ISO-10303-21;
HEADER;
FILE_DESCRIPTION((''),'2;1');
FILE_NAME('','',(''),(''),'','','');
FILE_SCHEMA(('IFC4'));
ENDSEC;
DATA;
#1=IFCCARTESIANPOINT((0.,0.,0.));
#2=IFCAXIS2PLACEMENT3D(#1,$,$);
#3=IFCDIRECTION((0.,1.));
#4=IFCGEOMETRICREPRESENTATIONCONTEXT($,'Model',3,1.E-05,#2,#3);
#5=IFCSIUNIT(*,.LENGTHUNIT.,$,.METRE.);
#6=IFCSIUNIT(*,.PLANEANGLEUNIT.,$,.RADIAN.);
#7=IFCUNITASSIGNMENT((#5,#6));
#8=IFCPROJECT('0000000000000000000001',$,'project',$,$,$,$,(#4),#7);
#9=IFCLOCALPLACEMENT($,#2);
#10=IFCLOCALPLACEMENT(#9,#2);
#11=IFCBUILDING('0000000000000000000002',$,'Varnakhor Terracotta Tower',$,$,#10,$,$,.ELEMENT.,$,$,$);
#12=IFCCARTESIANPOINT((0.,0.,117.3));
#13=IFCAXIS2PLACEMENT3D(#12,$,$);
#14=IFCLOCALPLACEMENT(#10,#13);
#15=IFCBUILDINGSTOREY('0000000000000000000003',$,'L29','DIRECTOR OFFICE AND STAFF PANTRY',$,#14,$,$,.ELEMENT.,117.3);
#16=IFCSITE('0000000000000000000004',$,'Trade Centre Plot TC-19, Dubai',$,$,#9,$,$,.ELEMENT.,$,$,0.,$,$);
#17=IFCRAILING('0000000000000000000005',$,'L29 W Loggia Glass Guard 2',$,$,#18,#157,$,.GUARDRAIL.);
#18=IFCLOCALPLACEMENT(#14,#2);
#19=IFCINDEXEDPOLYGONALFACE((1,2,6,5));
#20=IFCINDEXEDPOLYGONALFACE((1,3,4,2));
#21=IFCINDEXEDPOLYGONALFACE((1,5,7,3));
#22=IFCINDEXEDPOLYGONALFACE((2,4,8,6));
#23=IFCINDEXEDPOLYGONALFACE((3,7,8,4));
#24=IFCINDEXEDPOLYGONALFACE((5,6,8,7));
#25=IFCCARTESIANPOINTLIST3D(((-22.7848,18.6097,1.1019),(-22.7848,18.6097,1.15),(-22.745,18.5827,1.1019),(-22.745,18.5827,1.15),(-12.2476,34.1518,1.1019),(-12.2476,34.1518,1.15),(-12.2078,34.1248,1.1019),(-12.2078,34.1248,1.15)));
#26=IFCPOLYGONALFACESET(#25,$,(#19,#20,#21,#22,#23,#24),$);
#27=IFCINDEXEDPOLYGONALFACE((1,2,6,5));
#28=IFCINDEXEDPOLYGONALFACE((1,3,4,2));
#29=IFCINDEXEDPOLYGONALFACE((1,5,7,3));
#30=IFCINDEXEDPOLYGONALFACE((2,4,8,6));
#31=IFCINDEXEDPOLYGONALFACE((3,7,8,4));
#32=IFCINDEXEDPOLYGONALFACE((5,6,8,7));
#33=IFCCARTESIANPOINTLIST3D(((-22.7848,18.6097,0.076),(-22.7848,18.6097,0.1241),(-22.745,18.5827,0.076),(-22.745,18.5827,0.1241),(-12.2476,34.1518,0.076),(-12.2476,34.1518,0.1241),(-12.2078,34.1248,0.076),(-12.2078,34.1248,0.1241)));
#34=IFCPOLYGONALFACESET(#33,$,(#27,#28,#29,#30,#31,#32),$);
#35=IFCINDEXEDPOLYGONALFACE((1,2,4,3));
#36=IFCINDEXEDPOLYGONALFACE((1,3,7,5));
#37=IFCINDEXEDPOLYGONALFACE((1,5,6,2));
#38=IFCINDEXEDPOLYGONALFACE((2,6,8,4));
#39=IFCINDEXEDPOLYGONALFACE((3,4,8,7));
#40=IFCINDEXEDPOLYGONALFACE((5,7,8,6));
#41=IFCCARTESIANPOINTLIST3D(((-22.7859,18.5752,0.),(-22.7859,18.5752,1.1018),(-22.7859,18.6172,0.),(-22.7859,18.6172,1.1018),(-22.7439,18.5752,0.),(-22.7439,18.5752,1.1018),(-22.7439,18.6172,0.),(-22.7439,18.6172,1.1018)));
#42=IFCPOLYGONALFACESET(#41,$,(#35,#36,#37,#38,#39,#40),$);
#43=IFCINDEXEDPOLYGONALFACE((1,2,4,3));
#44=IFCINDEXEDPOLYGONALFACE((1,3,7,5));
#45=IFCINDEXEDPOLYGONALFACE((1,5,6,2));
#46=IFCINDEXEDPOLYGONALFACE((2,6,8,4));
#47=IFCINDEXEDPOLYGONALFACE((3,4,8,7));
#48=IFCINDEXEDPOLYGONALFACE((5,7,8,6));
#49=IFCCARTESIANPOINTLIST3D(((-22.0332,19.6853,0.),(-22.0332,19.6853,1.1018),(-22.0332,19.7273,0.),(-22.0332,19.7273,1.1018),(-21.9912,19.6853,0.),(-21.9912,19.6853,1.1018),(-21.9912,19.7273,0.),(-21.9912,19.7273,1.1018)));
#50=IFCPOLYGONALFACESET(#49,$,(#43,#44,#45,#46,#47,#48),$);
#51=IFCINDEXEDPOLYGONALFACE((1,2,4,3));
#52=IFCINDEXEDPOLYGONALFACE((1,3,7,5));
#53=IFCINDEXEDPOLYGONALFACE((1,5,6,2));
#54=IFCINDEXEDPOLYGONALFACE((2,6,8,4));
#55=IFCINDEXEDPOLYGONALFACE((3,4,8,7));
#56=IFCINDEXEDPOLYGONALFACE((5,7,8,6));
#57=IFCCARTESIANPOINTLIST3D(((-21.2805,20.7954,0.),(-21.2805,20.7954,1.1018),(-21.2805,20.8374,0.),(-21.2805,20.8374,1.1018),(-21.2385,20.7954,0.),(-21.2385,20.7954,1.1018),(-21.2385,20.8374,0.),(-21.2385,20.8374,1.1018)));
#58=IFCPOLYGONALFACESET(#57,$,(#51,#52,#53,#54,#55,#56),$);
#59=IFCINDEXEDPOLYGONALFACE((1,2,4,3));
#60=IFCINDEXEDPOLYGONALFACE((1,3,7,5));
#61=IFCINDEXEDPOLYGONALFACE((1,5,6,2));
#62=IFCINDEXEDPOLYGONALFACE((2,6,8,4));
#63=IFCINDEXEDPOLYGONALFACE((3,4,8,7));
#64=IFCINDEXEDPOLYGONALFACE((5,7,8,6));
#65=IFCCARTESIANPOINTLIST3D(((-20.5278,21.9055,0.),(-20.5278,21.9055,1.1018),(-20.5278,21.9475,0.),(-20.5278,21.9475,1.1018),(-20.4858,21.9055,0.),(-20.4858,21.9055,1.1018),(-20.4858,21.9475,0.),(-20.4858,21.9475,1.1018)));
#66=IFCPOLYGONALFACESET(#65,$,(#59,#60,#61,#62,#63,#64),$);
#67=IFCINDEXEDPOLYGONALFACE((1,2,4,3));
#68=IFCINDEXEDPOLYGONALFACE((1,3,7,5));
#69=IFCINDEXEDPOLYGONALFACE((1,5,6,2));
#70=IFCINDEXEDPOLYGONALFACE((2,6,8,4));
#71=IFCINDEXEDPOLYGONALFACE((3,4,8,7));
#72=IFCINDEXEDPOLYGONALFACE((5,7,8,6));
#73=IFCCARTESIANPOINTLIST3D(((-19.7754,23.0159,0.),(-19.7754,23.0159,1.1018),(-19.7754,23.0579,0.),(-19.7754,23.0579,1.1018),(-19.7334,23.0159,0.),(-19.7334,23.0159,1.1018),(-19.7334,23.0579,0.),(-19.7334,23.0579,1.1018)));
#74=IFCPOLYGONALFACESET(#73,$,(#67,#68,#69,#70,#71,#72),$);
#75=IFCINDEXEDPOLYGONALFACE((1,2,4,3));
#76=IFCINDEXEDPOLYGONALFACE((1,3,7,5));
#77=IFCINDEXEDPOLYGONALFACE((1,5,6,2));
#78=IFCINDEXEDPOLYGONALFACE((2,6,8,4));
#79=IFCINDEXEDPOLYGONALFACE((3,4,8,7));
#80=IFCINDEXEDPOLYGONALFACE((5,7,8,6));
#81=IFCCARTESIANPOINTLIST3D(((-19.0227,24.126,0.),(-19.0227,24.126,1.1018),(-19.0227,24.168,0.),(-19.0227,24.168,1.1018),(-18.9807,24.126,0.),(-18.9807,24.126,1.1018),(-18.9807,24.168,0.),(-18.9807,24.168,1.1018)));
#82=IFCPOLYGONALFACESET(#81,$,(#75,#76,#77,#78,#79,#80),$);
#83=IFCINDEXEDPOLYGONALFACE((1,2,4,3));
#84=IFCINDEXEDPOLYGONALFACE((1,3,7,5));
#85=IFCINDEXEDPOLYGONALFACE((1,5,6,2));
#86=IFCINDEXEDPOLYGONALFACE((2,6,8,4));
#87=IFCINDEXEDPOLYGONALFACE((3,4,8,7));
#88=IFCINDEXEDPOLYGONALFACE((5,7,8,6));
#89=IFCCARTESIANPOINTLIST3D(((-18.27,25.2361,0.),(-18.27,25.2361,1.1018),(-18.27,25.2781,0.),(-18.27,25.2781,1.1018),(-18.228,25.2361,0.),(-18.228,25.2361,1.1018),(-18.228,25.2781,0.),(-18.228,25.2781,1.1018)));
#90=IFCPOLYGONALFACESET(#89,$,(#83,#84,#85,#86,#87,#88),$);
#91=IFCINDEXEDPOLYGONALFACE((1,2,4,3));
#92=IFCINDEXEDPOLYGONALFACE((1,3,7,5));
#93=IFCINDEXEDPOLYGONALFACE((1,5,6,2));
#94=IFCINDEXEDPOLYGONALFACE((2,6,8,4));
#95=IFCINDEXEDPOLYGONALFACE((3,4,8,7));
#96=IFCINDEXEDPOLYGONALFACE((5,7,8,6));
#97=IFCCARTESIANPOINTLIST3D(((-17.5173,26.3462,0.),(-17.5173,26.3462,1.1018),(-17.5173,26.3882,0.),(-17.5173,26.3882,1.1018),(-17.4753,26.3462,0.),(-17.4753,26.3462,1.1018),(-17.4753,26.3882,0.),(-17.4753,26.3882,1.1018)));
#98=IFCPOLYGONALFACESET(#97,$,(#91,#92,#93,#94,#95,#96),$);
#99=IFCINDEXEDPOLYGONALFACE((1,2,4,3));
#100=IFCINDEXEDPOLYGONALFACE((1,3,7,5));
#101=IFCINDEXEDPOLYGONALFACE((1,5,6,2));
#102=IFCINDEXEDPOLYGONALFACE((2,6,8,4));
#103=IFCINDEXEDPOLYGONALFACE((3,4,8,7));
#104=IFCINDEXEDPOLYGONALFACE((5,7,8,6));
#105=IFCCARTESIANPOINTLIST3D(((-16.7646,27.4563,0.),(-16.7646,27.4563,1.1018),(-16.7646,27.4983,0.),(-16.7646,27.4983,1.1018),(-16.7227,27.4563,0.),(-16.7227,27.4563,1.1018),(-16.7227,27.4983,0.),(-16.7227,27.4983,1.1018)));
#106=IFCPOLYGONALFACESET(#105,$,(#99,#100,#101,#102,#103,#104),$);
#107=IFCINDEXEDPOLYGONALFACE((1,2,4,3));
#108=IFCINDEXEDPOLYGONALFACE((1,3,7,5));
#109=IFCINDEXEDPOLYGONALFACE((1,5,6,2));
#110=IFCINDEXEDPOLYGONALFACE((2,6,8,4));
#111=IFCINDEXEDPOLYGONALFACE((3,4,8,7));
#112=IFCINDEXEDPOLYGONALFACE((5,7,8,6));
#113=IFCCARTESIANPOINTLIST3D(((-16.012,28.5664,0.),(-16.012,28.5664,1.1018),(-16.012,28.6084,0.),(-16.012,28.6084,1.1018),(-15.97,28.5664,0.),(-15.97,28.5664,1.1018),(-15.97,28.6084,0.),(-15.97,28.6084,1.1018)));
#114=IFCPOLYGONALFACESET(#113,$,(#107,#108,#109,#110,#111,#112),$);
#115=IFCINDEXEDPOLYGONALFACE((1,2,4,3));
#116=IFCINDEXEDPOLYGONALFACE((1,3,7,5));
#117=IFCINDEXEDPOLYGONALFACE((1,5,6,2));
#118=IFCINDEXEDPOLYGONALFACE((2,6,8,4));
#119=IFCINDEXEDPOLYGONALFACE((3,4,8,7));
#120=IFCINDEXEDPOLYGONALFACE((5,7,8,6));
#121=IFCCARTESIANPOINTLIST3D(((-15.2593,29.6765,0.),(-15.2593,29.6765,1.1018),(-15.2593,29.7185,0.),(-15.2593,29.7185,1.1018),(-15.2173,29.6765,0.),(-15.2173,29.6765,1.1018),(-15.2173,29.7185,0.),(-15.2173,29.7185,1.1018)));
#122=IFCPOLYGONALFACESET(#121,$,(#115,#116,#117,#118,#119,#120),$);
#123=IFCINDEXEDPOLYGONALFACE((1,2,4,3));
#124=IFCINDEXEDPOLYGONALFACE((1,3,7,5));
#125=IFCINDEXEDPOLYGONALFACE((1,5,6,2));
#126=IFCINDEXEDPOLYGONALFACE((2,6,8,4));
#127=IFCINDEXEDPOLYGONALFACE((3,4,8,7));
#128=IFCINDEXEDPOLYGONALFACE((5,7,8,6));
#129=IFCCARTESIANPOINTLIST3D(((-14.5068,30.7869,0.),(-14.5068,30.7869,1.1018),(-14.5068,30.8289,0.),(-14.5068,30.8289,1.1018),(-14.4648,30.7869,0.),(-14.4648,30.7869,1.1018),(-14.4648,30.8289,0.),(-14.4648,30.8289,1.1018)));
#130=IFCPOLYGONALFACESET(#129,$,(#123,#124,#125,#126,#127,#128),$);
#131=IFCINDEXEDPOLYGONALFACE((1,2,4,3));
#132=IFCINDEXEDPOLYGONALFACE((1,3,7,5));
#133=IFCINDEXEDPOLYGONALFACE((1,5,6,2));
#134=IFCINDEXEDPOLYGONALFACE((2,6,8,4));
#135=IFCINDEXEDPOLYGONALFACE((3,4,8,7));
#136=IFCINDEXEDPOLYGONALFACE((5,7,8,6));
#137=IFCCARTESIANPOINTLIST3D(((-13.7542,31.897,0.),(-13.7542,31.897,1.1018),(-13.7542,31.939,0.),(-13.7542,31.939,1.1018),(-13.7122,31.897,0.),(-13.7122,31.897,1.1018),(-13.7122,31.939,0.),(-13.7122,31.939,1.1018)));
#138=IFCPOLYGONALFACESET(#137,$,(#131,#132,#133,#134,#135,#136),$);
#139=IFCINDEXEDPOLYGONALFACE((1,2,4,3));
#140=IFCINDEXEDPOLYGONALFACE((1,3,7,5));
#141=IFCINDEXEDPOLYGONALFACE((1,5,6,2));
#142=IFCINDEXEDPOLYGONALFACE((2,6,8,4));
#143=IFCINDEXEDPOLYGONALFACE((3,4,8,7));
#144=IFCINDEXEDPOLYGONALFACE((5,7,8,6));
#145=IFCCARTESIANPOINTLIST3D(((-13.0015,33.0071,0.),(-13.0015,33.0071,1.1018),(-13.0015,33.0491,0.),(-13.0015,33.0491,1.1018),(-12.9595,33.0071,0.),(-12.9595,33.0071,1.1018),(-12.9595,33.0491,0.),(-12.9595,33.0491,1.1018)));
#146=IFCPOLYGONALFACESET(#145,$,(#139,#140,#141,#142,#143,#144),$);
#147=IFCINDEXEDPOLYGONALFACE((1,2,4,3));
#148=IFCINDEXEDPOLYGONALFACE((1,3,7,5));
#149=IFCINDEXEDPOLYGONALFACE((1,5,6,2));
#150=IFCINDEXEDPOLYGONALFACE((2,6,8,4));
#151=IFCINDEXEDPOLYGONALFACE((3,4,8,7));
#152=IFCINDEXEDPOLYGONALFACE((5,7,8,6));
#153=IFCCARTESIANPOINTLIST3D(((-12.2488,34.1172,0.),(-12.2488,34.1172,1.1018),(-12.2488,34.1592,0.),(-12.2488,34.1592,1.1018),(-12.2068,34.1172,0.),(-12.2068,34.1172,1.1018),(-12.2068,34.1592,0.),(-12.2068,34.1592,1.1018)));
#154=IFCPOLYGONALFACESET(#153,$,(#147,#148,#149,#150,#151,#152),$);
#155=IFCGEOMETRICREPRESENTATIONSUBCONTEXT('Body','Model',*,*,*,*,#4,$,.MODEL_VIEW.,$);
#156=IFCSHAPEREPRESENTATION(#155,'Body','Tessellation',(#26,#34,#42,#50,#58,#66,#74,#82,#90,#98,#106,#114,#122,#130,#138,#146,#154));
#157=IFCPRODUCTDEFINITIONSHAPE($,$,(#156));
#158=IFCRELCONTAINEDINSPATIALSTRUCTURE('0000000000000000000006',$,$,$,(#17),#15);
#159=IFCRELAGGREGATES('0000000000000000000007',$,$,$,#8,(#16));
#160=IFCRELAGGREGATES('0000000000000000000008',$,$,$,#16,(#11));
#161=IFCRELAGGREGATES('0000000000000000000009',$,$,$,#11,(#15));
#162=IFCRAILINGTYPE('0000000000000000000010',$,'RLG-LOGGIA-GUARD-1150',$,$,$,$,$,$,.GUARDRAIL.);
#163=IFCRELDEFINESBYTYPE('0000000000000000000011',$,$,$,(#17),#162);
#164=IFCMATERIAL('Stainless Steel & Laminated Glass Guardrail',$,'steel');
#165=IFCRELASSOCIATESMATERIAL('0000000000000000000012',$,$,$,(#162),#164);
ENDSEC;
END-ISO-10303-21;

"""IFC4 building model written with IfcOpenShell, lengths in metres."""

from ifc_helpers import new_model, si_unit, direction, frame, origin, origin_2d, place, context, subcontext, project, spatial, rectangle, extrude, material, type_object, element, save


model = new_model("IFC4")

# Units and contexts
model_context = context("Model", 3, precision=1e-05, world=origin(), true_north=direction((0.0, 1.0)))
body_context = subcontext(model_context, "Body", "Model", "MODEL_VIEW")
ifc_project = project(units=[si_unit("LENGTHUNIT", "METRE"), si_unit("PLANEANGLEUNIT", "RADIAN")], contexts=[model_context])

# Site, building, storey
site_placement = place(None, origin())
site = spatial("IfcSite", under=ifc_project, at=site_placement, Name="Trade Centre Plot TC-19, Dubai", CompositionType="ELEMENT", RefElevation=0.0)
building_placement = place(site_placement, origin())
building = spatial("IfcBuilding", under=site, at=building_placement, Name="Varnakhor Terracotta Tower", CompositionType="ELEMENT")
storey_placement = place(building_placement, frame((0.0, 0.0, 117.3)))
storey = spatial("IfcBuildingStorey", under=building, at=storey_placement, Name="L29", Description="DIRECTOR OFFICE AND STAFF PANTRY", CompositionType="ELEMENT", Elevation=117.3)

# Railing
ifc_material_1 = material(Name="Stainless Steel & Laminated Glass Guardrail", Category="steel")
railing_type = type_object("IfcRailingType", Name="RLG-LOGGIA-GUARD-1150", PredefinedType="GUARDRAIL", material=ifc_material_1)
railing_1_placement = place(storey_placement, frame((-22.7649, 18.5962, 0.0)))
element("IfcRailing", 1, at=railing_1_placement, inside=storey, type_object=railing_type, Name="L29 W Loggia Glass Guard 2", PredefinedType="GUARDRAIL", context=body_context, shape_type="SweptSolid", body=[
    extrude(rectangle(XDim=0.0481, YDim=0.0481, at=origin_2d()), frame((0.0, 0.0, 1.126), z_axis=(0.561164, 0.827704, 0.0), x_axis=(-0.827704, 0.561164, 0.0)), (0.0, 0.0, 1.0), 18.7773),
    extrude(rectangle(XDim=0.0481, YDim=0.0481, at=origin_2d()), frame((0.0, 0.0, 0.1001), z_axis=(0.561164, 0.827704, 0.0), x_axis=(-0.827704, 0.561164, 0.0)), (0.0, 0.0, 1.0), 18.7773),
    extrude(rectangle(XDim=0.042, YDim=0.042, at=origin_2d()), origin(), (0.0, 0.0, 1.0), 1.1018),
    extrude(rectangle(XDim=0.042, YDim=0.042, at=origin_2d()), frame((0.7527, 1.1101, 0.0)), (0.0, 0.0, 1.0), 1.1018),
    extrude(rectangle(XDim=0.042, YDim=0.042, at=origin_2d()), frame((1.5054, 2.2202, 0.0)), (0.0, 0.0, 1.0), 1.1018),
    extrude(rectangle(XDim=0.042, YDim=0.042, at=origin_2d()), frame((2.2581, 3.3303, 0.0)), (0.0, 0.0, 1.0), 1.1018),
    extrude(rectangle(XDim=0.042, YDim=0.042, at=origin_2d()), frame((3.0105, 4.4407, 0.0)), (0.0, 0.0, 1.0), 1.1018),
    extrude(rectangle(XDim=0.042, YDim=0.042, at=origin_2d()), frame((3.7632, 5.5508, 0.0)), (0.0, 0.0, 1.0), 1.1018),
    extrude(rectangle(XDim=0.042, YDim=0.042, at=origin_2d()), frame((4.5159, 6.6609, 0.0)), (0.0, 0.0, 1.0), 1.1018),
    extrude(rectangle(XDim=0.042, YDim=0.042, at=origin_2d()), frame((5.2686, 7.771, 0.0)), (0.0, 0.0, 1.0), 1.1018),
    extrude(rectangle(XDim=0.042, YDim=0.042, at=origin_2d()), frame((6.0212, 8.8811, 0.0)), (0.0, 0.0, 1.0), 1.1018),
    extrude(rectangle(XDim=0.042, YDim=0.042, at=origin_2d()), frame((6.7739, 9.9912, 0.0)), (0.0, 0.0, 1.0), 1.1018),
    extrude(rectangle(XDim=0.042, YDim=0.042, at=origin_2d()), frame((7.5266, 11.1013, 0.0)), (0.0, 0.0, 1.0), 1.1018),
    extrude(rectangle(XDim=0.042, YDim=0.042, at=origin_2d()), frame((8.2791, 12.2117, 0.0)), (0.0, 0.0, 1.0), 1.1018),
    extrude(rectangle(XDim=0.042, YDim=0.042, at=origin_2d()), frame((9.0317, 13.3218, 0.0)), (0.0, 0.0, 1.0), 1.1018),
    extrude(rectangle(XDim=0.042, YDim=0.042, at=origin_2d()), frame((9.7844, 14.4319, 0.0)), (0.0, 0.0, 1.0), 1.1018),
    extrude(rectangle(XDim=0.042, YDim=0.042, at=origin_2d()), frame((10.5371, 15.542, 0.0)), (0.0, 0.0, 1.0), 1.1018),
])

save(model, "model.ifc")
